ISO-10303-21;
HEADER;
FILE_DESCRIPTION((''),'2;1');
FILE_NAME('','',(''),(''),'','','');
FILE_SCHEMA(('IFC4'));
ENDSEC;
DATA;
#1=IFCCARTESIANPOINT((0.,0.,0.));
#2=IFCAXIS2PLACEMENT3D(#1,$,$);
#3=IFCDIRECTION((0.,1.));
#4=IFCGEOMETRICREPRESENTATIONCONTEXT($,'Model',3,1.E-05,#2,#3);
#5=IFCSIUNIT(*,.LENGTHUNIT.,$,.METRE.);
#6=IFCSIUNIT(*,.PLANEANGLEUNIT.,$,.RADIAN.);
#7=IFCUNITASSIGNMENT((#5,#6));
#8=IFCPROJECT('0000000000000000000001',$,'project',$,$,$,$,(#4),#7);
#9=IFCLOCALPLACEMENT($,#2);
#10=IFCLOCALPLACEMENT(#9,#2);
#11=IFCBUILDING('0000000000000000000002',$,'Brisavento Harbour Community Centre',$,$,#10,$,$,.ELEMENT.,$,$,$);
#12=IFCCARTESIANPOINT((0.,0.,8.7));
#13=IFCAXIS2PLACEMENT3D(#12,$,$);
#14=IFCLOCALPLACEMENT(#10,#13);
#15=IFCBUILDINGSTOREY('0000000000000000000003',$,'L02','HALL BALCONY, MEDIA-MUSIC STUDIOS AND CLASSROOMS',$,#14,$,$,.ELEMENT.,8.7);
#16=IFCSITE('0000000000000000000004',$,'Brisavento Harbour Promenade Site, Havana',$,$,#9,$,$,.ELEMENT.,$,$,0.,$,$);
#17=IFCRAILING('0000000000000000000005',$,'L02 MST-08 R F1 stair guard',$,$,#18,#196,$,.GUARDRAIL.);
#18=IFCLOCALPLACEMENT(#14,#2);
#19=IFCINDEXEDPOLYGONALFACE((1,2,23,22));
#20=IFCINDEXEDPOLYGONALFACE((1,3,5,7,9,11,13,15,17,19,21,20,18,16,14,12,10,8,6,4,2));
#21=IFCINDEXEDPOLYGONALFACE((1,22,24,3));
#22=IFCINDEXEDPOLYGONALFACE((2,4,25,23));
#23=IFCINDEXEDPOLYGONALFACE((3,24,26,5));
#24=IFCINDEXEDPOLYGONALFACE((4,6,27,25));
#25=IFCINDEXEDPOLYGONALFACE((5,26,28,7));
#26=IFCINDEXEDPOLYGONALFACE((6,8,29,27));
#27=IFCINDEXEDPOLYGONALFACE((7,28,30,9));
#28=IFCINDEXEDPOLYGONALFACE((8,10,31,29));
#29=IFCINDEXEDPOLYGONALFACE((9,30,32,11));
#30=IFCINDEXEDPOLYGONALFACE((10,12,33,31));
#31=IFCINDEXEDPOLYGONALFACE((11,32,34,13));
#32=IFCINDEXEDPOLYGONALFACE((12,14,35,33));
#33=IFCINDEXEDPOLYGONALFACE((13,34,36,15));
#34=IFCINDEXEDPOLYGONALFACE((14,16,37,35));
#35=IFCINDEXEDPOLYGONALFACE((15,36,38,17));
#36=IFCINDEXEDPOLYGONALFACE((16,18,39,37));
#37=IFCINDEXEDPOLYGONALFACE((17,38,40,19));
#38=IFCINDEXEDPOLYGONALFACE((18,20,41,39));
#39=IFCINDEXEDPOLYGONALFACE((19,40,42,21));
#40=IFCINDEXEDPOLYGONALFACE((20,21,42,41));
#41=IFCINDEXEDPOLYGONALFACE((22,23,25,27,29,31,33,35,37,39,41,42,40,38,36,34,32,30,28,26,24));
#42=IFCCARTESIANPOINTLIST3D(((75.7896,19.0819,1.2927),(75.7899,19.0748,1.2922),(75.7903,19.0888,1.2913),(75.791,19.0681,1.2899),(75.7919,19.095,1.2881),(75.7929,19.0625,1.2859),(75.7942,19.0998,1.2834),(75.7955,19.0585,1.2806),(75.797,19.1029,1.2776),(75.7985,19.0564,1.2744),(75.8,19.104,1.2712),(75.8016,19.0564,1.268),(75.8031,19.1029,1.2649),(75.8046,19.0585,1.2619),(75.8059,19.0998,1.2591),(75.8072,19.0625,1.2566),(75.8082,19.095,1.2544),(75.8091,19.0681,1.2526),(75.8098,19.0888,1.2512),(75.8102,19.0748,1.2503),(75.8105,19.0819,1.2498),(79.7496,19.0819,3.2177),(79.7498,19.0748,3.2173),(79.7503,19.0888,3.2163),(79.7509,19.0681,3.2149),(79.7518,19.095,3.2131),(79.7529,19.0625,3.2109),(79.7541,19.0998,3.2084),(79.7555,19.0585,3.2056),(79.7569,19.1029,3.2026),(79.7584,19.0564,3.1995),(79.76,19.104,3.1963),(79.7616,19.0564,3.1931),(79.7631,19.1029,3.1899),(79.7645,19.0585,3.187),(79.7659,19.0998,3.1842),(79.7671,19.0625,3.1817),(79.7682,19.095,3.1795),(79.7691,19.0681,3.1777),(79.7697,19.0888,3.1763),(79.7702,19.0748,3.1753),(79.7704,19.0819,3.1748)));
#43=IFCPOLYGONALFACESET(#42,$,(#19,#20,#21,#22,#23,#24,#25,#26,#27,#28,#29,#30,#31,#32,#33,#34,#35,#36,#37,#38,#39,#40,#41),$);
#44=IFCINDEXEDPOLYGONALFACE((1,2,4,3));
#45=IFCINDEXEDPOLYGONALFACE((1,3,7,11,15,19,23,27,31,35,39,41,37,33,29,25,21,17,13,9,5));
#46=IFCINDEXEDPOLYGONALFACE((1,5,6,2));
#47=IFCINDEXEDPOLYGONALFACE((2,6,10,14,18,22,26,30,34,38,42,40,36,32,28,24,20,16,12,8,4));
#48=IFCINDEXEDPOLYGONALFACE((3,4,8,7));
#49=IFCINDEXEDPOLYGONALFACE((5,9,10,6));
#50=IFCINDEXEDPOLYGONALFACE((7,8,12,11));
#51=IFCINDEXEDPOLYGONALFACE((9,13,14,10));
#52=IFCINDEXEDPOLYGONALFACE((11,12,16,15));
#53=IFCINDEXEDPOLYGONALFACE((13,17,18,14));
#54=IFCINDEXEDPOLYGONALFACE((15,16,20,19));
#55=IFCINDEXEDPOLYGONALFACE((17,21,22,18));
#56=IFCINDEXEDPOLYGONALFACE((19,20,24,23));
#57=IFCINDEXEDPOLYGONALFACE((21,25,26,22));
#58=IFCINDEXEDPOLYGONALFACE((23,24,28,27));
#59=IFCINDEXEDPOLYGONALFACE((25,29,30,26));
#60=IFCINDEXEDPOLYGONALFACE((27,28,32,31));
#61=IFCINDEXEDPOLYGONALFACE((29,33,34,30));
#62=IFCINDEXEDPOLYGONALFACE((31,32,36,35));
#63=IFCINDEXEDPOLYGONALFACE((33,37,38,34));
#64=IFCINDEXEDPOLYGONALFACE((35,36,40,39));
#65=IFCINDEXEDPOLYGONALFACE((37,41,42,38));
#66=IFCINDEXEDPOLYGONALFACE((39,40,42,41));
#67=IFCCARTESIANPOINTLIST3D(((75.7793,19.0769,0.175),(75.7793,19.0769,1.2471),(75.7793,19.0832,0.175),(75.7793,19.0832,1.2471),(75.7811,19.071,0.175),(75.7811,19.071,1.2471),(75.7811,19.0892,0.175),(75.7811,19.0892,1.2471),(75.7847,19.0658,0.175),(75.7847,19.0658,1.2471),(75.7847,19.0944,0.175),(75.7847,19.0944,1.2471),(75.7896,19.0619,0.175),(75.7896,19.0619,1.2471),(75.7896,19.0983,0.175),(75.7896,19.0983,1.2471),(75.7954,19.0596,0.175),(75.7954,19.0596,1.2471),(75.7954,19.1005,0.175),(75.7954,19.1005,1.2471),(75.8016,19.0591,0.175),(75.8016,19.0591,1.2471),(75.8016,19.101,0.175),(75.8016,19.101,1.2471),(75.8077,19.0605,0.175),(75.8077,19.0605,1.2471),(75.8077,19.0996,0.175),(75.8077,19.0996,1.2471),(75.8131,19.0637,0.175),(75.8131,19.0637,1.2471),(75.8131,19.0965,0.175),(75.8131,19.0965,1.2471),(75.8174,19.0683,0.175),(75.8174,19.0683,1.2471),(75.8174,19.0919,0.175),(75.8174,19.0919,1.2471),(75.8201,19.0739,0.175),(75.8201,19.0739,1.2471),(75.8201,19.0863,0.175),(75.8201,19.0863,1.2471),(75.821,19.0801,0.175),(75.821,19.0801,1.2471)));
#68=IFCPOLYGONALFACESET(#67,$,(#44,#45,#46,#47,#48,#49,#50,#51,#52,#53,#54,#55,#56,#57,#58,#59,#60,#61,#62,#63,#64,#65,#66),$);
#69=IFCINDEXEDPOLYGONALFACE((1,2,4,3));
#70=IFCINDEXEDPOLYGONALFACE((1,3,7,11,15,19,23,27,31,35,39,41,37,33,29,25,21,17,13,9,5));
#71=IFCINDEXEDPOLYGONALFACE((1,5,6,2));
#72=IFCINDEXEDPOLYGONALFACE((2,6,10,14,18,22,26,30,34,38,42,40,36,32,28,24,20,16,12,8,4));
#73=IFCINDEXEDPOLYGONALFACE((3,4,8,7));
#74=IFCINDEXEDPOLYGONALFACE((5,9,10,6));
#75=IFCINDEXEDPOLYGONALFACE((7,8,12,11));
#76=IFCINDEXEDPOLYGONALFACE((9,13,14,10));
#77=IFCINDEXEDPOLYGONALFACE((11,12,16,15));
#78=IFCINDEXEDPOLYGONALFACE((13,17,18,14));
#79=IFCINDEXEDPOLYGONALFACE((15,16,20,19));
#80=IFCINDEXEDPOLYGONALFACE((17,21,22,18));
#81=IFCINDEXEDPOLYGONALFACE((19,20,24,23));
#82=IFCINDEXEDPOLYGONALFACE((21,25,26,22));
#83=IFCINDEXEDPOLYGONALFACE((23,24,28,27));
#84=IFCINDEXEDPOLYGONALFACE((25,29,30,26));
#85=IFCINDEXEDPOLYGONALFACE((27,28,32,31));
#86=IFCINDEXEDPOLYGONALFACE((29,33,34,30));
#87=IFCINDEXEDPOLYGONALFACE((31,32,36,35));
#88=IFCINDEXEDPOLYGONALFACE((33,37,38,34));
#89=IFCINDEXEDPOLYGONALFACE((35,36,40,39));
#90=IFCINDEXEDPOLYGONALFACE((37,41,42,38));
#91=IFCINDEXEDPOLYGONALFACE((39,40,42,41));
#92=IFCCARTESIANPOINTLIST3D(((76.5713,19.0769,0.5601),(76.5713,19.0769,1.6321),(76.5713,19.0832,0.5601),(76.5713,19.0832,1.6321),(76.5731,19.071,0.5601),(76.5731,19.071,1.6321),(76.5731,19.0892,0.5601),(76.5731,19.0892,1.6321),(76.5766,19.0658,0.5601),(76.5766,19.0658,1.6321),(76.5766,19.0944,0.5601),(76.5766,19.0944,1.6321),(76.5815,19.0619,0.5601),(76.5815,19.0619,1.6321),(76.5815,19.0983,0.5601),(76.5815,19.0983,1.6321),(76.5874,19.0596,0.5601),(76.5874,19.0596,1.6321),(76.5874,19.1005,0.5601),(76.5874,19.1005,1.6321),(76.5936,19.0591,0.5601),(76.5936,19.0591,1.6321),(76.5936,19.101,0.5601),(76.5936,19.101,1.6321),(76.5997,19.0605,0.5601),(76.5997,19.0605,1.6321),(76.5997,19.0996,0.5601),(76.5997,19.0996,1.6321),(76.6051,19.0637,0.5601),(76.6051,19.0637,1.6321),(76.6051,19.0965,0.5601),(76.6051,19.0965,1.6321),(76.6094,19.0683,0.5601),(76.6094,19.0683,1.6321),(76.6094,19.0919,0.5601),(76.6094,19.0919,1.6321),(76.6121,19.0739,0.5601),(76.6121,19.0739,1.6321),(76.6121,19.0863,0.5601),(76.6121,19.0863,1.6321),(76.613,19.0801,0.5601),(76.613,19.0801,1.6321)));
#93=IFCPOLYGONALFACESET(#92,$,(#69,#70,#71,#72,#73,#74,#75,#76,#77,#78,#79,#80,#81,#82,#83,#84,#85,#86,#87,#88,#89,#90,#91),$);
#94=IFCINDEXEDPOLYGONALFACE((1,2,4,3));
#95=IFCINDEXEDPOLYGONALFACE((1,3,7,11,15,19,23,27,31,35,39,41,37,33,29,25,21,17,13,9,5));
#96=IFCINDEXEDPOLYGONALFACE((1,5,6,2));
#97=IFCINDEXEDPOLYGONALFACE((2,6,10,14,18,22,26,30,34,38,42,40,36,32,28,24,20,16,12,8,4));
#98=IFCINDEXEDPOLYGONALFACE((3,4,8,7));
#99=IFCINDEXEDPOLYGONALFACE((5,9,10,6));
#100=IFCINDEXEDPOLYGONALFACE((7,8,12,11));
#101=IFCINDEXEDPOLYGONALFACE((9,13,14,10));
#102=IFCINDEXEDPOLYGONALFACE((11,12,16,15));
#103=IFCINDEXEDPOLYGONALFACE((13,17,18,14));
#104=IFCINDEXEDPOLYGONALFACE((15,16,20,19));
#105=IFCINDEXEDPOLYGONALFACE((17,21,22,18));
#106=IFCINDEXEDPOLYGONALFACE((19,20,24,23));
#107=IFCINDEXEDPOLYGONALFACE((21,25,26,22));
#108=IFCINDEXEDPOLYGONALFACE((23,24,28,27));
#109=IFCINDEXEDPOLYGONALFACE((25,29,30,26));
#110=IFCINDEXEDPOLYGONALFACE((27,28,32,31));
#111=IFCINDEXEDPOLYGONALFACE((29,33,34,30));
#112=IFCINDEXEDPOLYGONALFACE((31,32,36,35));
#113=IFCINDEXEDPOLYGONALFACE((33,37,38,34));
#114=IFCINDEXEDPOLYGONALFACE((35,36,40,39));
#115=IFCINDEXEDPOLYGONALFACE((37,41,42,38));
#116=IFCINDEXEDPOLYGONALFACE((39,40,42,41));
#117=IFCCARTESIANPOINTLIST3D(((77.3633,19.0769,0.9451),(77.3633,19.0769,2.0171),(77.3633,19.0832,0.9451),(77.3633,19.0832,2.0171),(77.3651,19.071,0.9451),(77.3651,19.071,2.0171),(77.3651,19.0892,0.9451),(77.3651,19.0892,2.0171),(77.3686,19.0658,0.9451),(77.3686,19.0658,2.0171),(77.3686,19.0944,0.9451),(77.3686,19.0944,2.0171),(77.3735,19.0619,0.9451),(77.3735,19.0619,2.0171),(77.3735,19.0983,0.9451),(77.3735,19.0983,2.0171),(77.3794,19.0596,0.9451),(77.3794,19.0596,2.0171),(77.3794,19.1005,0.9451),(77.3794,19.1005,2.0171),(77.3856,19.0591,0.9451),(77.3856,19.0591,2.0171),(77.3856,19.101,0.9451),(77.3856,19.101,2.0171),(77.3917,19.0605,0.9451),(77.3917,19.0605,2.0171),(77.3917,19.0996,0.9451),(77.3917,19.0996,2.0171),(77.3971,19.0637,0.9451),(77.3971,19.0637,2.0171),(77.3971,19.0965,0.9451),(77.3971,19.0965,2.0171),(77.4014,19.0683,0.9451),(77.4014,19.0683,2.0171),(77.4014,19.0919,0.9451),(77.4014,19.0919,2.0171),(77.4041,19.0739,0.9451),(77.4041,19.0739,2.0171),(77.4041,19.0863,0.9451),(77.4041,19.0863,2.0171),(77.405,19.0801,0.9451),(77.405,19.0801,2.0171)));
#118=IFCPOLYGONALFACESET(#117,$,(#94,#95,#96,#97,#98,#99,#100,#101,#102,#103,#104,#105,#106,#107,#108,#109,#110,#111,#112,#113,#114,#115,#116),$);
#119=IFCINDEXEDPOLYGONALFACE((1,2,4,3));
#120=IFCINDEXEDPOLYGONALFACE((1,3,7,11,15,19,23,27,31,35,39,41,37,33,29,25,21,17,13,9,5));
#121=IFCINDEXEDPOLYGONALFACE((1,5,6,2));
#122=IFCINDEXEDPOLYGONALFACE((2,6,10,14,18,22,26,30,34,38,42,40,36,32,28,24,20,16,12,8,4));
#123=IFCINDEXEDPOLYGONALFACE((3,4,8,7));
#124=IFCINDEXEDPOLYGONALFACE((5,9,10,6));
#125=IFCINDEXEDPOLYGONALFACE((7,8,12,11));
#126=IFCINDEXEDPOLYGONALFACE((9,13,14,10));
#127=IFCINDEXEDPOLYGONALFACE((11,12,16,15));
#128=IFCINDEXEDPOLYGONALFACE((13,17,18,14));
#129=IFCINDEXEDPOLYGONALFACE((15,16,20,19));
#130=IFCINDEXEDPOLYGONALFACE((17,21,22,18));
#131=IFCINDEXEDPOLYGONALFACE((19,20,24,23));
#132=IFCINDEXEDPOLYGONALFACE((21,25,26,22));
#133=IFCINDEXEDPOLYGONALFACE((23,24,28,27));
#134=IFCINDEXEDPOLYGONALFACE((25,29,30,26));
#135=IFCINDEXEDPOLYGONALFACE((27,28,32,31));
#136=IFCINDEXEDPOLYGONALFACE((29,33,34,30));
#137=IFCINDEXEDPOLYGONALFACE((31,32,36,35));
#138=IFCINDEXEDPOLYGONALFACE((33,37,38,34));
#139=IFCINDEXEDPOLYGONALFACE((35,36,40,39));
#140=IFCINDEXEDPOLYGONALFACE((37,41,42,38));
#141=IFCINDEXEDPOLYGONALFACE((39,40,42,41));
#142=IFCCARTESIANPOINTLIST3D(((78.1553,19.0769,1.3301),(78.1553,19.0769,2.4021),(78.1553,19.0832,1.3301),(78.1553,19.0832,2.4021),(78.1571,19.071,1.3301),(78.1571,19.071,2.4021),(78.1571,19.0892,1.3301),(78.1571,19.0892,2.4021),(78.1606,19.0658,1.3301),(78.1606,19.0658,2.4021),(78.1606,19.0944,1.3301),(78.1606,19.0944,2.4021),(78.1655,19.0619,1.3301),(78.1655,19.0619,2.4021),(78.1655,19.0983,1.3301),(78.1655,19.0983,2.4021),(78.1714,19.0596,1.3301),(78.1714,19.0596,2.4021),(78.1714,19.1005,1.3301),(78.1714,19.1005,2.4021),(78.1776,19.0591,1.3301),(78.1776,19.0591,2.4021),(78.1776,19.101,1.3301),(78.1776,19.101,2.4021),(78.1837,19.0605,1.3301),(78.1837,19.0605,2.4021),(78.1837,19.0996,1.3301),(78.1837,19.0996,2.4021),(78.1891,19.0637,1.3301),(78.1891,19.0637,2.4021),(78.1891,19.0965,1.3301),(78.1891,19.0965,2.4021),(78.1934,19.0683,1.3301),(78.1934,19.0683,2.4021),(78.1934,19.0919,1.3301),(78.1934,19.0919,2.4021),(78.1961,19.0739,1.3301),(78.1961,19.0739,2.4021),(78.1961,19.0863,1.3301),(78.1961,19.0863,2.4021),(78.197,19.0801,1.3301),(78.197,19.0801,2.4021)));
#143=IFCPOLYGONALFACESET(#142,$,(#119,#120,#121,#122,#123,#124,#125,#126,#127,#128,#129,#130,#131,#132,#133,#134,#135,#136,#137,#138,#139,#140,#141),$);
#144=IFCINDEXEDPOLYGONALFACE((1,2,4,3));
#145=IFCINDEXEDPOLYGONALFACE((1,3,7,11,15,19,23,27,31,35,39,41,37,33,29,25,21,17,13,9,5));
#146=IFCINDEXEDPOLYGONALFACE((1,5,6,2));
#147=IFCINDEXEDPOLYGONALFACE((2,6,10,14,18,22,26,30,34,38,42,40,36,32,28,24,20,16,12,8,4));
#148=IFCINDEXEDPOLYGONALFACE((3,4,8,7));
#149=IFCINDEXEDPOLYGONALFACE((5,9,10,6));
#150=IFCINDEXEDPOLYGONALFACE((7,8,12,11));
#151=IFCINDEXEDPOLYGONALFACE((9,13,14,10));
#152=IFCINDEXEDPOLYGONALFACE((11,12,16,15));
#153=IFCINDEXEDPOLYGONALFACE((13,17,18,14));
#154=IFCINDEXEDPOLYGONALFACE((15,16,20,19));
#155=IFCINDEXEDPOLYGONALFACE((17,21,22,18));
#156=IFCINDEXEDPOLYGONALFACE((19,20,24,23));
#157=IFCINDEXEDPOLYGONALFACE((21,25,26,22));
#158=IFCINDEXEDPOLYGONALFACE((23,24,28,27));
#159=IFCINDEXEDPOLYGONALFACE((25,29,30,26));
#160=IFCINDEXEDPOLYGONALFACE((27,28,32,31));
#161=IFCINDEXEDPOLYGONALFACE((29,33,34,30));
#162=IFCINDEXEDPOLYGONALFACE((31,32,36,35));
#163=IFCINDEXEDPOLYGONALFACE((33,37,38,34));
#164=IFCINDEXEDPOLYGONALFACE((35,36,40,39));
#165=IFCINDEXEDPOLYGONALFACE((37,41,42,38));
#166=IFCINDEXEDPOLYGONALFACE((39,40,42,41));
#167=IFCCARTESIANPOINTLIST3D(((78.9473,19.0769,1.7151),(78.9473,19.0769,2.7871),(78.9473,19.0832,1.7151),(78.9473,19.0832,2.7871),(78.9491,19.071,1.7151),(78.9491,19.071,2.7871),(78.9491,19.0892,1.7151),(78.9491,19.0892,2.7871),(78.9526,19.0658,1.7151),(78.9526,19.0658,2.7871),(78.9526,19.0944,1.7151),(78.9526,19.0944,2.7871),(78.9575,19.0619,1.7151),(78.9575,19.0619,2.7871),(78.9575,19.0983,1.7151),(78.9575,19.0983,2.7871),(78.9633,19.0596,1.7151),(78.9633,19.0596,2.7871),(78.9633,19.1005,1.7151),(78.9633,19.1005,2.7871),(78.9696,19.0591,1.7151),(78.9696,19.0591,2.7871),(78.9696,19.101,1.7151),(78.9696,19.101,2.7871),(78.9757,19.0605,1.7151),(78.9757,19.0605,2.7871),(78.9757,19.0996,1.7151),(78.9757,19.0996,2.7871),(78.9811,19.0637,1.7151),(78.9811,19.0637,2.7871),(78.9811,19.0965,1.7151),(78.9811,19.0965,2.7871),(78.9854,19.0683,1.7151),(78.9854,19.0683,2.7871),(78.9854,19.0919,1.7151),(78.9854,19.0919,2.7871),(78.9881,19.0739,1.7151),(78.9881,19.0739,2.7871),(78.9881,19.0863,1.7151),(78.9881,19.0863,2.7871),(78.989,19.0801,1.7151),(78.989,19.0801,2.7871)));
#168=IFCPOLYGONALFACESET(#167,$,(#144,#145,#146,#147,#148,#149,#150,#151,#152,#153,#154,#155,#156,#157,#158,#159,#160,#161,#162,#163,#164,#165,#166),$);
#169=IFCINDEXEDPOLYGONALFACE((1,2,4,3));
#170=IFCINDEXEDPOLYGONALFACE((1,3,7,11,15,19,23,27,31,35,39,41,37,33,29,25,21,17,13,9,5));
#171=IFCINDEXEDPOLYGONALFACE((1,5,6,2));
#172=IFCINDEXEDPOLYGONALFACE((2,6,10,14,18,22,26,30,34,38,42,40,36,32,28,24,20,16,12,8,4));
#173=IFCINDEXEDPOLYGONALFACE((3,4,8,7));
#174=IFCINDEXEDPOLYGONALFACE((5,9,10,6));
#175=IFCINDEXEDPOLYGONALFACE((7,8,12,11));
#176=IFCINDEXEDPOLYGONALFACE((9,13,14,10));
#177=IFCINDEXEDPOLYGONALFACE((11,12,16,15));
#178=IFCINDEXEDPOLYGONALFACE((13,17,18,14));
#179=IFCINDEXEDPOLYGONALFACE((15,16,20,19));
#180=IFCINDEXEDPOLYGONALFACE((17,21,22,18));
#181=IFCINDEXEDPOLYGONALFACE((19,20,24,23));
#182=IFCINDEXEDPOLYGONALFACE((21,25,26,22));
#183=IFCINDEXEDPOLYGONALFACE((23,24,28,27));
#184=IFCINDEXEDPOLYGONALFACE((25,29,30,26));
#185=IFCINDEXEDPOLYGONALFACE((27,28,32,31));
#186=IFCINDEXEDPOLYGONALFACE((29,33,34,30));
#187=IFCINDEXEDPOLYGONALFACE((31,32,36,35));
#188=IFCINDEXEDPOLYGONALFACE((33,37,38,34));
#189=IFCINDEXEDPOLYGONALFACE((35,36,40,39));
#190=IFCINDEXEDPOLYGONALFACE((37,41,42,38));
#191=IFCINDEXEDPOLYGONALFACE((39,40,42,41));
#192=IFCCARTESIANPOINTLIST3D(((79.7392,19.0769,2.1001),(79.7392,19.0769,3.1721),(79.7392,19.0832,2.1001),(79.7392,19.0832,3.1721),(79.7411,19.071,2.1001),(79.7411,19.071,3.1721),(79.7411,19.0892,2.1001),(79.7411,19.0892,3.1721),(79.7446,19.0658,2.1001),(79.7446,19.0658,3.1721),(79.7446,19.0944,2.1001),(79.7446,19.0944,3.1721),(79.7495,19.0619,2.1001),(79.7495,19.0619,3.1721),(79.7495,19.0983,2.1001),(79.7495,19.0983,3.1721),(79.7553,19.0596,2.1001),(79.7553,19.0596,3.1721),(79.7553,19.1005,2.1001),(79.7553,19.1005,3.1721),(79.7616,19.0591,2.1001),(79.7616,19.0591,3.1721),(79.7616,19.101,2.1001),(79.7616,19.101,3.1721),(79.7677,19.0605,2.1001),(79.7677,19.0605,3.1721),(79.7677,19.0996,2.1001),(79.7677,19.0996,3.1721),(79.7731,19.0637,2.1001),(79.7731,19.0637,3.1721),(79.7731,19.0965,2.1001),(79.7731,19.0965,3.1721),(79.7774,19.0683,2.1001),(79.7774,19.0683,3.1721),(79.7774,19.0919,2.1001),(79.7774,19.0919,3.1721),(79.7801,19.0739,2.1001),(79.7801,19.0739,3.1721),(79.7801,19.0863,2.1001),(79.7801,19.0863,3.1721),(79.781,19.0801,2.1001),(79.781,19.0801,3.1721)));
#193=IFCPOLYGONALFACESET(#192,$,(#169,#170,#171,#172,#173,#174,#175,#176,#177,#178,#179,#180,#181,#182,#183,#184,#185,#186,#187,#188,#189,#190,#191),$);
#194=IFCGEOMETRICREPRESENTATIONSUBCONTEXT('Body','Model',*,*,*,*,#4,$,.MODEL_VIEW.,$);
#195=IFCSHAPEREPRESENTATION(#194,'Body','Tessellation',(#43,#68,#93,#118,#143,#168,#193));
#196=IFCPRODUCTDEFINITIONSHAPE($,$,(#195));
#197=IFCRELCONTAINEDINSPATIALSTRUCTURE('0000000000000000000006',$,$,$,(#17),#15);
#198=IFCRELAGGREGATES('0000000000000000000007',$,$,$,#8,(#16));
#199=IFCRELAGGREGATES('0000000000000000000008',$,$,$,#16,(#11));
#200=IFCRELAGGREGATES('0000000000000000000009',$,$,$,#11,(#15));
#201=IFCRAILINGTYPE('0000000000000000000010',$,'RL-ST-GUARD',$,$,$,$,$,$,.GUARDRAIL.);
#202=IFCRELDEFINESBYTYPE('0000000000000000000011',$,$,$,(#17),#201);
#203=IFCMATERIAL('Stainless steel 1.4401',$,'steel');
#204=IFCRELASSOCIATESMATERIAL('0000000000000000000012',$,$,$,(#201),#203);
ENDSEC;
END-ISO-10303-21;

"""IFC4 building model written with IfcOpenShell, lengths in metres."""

from ifc_helpers import new_model, si_unit, direction, frame, origin, origin_2d, place, context, subcontext, project, spatial, circle, extrude, material, type_object, element, save


model = new_model("IFC4")

# Units and contexts
model_context = context("Model", 3, precision=1e-05, world=origin(), true_north=direction((0.0, 1.0)))
body_context = subcontext(model_context, "Body", "Model", "MODEL_VIEW")
ifc_project = project(units=[si_unit("LENGTHUNIT", "METRE"), si_unit("PLANEANGLEUNIT", "RADIAN")], contexts=[model_context])

# Site, building, storey
site_placement = place(None, origin())
site = spatial("IfcSite", under=ifc_project, at=site_placement, Name="Brisavento Harbour Promenade Site, Havana", CompositionType="ELEMENT", RefElevation=0.0)
building_placement = place(site_placement, origin())
building = spatial("IfcBuilding", under=site, at=building_placement, Name="Brisavento Harbour Community Centre", CompositionType="ELEMENT")
storey_placement = place(building_placement, frame((0.0, 0.0, 8.7)))
storey = spatial("IfcBuildingStorey", under=building, at=storey_placement, Name="L02", Description="HALL BALCONY, MEDIA-MUSIC STUDIOS AND CLASSROOMS", CompositionType="ELEMENT", Elevation=8.7)

# Railing
ifc_material_1 = material(Name="Stainless steel 1.4401", Category="steel")
railing_type = type_object("IfcRailingType", Name="RL-ST-GUARD", PredefinedType="GUARDRAIL", material=ifc_material_1)
railing_1_placement = place(storey_placement, frame((75.8, 19.0801, 0.175)))
element("IfcRailing", 1, at=railing_1_placement, inside=storey, type_object=railing_type, Name="L02 MST-08 R F1 stair guard", PredefinedType="GUARDRAIL", context=body_context, shape_type="SweptSolid", body=[
    extrude(circle(Radius=0.0239, at=origin_2d()), frame((0.0, 0.0, 1.0962), z_axis=(0.899362, 0.0, 0.437205), x_axis=(0.0, 1.0, 0.0)), (0.0, 0.0, 1.0), 4.4031),
    extrude(circle(Radius=0.021, at=origin_2d()), origin(), (0.0, 0.0, 1.0), 1.072),
    extrude(circle(Radius=0.021, at=origin_2d()), frame((0.792, 0.0, 0.385)), (0.0, 0.0, 1.0), 1.072),
    extrude(circle(Radius=0.021, at=origin_2d()), frame((1.584, 0.0, 0.77)), (0.0, 0.0, 1.0), 1.072),
    extrude(circle(Radius=0.021, at=origin_2d()), frame((2.376, 0.0, 1.155)), (0.0, 0.0, 1.0), 1.072),
    extrude(circle(Radius=0.021, at=origin_2d()), frame((3.168, 0.0, 1.54)), (0.0, 0.0, 1.0), 1.072),
    extrude(circle(Radius=0.021, at=origin_2d()), frame((3.96, 0.0, 1.925)), (0.0, 0.0, 1.0), 1.072),
])

save(model, "model.ifc")
